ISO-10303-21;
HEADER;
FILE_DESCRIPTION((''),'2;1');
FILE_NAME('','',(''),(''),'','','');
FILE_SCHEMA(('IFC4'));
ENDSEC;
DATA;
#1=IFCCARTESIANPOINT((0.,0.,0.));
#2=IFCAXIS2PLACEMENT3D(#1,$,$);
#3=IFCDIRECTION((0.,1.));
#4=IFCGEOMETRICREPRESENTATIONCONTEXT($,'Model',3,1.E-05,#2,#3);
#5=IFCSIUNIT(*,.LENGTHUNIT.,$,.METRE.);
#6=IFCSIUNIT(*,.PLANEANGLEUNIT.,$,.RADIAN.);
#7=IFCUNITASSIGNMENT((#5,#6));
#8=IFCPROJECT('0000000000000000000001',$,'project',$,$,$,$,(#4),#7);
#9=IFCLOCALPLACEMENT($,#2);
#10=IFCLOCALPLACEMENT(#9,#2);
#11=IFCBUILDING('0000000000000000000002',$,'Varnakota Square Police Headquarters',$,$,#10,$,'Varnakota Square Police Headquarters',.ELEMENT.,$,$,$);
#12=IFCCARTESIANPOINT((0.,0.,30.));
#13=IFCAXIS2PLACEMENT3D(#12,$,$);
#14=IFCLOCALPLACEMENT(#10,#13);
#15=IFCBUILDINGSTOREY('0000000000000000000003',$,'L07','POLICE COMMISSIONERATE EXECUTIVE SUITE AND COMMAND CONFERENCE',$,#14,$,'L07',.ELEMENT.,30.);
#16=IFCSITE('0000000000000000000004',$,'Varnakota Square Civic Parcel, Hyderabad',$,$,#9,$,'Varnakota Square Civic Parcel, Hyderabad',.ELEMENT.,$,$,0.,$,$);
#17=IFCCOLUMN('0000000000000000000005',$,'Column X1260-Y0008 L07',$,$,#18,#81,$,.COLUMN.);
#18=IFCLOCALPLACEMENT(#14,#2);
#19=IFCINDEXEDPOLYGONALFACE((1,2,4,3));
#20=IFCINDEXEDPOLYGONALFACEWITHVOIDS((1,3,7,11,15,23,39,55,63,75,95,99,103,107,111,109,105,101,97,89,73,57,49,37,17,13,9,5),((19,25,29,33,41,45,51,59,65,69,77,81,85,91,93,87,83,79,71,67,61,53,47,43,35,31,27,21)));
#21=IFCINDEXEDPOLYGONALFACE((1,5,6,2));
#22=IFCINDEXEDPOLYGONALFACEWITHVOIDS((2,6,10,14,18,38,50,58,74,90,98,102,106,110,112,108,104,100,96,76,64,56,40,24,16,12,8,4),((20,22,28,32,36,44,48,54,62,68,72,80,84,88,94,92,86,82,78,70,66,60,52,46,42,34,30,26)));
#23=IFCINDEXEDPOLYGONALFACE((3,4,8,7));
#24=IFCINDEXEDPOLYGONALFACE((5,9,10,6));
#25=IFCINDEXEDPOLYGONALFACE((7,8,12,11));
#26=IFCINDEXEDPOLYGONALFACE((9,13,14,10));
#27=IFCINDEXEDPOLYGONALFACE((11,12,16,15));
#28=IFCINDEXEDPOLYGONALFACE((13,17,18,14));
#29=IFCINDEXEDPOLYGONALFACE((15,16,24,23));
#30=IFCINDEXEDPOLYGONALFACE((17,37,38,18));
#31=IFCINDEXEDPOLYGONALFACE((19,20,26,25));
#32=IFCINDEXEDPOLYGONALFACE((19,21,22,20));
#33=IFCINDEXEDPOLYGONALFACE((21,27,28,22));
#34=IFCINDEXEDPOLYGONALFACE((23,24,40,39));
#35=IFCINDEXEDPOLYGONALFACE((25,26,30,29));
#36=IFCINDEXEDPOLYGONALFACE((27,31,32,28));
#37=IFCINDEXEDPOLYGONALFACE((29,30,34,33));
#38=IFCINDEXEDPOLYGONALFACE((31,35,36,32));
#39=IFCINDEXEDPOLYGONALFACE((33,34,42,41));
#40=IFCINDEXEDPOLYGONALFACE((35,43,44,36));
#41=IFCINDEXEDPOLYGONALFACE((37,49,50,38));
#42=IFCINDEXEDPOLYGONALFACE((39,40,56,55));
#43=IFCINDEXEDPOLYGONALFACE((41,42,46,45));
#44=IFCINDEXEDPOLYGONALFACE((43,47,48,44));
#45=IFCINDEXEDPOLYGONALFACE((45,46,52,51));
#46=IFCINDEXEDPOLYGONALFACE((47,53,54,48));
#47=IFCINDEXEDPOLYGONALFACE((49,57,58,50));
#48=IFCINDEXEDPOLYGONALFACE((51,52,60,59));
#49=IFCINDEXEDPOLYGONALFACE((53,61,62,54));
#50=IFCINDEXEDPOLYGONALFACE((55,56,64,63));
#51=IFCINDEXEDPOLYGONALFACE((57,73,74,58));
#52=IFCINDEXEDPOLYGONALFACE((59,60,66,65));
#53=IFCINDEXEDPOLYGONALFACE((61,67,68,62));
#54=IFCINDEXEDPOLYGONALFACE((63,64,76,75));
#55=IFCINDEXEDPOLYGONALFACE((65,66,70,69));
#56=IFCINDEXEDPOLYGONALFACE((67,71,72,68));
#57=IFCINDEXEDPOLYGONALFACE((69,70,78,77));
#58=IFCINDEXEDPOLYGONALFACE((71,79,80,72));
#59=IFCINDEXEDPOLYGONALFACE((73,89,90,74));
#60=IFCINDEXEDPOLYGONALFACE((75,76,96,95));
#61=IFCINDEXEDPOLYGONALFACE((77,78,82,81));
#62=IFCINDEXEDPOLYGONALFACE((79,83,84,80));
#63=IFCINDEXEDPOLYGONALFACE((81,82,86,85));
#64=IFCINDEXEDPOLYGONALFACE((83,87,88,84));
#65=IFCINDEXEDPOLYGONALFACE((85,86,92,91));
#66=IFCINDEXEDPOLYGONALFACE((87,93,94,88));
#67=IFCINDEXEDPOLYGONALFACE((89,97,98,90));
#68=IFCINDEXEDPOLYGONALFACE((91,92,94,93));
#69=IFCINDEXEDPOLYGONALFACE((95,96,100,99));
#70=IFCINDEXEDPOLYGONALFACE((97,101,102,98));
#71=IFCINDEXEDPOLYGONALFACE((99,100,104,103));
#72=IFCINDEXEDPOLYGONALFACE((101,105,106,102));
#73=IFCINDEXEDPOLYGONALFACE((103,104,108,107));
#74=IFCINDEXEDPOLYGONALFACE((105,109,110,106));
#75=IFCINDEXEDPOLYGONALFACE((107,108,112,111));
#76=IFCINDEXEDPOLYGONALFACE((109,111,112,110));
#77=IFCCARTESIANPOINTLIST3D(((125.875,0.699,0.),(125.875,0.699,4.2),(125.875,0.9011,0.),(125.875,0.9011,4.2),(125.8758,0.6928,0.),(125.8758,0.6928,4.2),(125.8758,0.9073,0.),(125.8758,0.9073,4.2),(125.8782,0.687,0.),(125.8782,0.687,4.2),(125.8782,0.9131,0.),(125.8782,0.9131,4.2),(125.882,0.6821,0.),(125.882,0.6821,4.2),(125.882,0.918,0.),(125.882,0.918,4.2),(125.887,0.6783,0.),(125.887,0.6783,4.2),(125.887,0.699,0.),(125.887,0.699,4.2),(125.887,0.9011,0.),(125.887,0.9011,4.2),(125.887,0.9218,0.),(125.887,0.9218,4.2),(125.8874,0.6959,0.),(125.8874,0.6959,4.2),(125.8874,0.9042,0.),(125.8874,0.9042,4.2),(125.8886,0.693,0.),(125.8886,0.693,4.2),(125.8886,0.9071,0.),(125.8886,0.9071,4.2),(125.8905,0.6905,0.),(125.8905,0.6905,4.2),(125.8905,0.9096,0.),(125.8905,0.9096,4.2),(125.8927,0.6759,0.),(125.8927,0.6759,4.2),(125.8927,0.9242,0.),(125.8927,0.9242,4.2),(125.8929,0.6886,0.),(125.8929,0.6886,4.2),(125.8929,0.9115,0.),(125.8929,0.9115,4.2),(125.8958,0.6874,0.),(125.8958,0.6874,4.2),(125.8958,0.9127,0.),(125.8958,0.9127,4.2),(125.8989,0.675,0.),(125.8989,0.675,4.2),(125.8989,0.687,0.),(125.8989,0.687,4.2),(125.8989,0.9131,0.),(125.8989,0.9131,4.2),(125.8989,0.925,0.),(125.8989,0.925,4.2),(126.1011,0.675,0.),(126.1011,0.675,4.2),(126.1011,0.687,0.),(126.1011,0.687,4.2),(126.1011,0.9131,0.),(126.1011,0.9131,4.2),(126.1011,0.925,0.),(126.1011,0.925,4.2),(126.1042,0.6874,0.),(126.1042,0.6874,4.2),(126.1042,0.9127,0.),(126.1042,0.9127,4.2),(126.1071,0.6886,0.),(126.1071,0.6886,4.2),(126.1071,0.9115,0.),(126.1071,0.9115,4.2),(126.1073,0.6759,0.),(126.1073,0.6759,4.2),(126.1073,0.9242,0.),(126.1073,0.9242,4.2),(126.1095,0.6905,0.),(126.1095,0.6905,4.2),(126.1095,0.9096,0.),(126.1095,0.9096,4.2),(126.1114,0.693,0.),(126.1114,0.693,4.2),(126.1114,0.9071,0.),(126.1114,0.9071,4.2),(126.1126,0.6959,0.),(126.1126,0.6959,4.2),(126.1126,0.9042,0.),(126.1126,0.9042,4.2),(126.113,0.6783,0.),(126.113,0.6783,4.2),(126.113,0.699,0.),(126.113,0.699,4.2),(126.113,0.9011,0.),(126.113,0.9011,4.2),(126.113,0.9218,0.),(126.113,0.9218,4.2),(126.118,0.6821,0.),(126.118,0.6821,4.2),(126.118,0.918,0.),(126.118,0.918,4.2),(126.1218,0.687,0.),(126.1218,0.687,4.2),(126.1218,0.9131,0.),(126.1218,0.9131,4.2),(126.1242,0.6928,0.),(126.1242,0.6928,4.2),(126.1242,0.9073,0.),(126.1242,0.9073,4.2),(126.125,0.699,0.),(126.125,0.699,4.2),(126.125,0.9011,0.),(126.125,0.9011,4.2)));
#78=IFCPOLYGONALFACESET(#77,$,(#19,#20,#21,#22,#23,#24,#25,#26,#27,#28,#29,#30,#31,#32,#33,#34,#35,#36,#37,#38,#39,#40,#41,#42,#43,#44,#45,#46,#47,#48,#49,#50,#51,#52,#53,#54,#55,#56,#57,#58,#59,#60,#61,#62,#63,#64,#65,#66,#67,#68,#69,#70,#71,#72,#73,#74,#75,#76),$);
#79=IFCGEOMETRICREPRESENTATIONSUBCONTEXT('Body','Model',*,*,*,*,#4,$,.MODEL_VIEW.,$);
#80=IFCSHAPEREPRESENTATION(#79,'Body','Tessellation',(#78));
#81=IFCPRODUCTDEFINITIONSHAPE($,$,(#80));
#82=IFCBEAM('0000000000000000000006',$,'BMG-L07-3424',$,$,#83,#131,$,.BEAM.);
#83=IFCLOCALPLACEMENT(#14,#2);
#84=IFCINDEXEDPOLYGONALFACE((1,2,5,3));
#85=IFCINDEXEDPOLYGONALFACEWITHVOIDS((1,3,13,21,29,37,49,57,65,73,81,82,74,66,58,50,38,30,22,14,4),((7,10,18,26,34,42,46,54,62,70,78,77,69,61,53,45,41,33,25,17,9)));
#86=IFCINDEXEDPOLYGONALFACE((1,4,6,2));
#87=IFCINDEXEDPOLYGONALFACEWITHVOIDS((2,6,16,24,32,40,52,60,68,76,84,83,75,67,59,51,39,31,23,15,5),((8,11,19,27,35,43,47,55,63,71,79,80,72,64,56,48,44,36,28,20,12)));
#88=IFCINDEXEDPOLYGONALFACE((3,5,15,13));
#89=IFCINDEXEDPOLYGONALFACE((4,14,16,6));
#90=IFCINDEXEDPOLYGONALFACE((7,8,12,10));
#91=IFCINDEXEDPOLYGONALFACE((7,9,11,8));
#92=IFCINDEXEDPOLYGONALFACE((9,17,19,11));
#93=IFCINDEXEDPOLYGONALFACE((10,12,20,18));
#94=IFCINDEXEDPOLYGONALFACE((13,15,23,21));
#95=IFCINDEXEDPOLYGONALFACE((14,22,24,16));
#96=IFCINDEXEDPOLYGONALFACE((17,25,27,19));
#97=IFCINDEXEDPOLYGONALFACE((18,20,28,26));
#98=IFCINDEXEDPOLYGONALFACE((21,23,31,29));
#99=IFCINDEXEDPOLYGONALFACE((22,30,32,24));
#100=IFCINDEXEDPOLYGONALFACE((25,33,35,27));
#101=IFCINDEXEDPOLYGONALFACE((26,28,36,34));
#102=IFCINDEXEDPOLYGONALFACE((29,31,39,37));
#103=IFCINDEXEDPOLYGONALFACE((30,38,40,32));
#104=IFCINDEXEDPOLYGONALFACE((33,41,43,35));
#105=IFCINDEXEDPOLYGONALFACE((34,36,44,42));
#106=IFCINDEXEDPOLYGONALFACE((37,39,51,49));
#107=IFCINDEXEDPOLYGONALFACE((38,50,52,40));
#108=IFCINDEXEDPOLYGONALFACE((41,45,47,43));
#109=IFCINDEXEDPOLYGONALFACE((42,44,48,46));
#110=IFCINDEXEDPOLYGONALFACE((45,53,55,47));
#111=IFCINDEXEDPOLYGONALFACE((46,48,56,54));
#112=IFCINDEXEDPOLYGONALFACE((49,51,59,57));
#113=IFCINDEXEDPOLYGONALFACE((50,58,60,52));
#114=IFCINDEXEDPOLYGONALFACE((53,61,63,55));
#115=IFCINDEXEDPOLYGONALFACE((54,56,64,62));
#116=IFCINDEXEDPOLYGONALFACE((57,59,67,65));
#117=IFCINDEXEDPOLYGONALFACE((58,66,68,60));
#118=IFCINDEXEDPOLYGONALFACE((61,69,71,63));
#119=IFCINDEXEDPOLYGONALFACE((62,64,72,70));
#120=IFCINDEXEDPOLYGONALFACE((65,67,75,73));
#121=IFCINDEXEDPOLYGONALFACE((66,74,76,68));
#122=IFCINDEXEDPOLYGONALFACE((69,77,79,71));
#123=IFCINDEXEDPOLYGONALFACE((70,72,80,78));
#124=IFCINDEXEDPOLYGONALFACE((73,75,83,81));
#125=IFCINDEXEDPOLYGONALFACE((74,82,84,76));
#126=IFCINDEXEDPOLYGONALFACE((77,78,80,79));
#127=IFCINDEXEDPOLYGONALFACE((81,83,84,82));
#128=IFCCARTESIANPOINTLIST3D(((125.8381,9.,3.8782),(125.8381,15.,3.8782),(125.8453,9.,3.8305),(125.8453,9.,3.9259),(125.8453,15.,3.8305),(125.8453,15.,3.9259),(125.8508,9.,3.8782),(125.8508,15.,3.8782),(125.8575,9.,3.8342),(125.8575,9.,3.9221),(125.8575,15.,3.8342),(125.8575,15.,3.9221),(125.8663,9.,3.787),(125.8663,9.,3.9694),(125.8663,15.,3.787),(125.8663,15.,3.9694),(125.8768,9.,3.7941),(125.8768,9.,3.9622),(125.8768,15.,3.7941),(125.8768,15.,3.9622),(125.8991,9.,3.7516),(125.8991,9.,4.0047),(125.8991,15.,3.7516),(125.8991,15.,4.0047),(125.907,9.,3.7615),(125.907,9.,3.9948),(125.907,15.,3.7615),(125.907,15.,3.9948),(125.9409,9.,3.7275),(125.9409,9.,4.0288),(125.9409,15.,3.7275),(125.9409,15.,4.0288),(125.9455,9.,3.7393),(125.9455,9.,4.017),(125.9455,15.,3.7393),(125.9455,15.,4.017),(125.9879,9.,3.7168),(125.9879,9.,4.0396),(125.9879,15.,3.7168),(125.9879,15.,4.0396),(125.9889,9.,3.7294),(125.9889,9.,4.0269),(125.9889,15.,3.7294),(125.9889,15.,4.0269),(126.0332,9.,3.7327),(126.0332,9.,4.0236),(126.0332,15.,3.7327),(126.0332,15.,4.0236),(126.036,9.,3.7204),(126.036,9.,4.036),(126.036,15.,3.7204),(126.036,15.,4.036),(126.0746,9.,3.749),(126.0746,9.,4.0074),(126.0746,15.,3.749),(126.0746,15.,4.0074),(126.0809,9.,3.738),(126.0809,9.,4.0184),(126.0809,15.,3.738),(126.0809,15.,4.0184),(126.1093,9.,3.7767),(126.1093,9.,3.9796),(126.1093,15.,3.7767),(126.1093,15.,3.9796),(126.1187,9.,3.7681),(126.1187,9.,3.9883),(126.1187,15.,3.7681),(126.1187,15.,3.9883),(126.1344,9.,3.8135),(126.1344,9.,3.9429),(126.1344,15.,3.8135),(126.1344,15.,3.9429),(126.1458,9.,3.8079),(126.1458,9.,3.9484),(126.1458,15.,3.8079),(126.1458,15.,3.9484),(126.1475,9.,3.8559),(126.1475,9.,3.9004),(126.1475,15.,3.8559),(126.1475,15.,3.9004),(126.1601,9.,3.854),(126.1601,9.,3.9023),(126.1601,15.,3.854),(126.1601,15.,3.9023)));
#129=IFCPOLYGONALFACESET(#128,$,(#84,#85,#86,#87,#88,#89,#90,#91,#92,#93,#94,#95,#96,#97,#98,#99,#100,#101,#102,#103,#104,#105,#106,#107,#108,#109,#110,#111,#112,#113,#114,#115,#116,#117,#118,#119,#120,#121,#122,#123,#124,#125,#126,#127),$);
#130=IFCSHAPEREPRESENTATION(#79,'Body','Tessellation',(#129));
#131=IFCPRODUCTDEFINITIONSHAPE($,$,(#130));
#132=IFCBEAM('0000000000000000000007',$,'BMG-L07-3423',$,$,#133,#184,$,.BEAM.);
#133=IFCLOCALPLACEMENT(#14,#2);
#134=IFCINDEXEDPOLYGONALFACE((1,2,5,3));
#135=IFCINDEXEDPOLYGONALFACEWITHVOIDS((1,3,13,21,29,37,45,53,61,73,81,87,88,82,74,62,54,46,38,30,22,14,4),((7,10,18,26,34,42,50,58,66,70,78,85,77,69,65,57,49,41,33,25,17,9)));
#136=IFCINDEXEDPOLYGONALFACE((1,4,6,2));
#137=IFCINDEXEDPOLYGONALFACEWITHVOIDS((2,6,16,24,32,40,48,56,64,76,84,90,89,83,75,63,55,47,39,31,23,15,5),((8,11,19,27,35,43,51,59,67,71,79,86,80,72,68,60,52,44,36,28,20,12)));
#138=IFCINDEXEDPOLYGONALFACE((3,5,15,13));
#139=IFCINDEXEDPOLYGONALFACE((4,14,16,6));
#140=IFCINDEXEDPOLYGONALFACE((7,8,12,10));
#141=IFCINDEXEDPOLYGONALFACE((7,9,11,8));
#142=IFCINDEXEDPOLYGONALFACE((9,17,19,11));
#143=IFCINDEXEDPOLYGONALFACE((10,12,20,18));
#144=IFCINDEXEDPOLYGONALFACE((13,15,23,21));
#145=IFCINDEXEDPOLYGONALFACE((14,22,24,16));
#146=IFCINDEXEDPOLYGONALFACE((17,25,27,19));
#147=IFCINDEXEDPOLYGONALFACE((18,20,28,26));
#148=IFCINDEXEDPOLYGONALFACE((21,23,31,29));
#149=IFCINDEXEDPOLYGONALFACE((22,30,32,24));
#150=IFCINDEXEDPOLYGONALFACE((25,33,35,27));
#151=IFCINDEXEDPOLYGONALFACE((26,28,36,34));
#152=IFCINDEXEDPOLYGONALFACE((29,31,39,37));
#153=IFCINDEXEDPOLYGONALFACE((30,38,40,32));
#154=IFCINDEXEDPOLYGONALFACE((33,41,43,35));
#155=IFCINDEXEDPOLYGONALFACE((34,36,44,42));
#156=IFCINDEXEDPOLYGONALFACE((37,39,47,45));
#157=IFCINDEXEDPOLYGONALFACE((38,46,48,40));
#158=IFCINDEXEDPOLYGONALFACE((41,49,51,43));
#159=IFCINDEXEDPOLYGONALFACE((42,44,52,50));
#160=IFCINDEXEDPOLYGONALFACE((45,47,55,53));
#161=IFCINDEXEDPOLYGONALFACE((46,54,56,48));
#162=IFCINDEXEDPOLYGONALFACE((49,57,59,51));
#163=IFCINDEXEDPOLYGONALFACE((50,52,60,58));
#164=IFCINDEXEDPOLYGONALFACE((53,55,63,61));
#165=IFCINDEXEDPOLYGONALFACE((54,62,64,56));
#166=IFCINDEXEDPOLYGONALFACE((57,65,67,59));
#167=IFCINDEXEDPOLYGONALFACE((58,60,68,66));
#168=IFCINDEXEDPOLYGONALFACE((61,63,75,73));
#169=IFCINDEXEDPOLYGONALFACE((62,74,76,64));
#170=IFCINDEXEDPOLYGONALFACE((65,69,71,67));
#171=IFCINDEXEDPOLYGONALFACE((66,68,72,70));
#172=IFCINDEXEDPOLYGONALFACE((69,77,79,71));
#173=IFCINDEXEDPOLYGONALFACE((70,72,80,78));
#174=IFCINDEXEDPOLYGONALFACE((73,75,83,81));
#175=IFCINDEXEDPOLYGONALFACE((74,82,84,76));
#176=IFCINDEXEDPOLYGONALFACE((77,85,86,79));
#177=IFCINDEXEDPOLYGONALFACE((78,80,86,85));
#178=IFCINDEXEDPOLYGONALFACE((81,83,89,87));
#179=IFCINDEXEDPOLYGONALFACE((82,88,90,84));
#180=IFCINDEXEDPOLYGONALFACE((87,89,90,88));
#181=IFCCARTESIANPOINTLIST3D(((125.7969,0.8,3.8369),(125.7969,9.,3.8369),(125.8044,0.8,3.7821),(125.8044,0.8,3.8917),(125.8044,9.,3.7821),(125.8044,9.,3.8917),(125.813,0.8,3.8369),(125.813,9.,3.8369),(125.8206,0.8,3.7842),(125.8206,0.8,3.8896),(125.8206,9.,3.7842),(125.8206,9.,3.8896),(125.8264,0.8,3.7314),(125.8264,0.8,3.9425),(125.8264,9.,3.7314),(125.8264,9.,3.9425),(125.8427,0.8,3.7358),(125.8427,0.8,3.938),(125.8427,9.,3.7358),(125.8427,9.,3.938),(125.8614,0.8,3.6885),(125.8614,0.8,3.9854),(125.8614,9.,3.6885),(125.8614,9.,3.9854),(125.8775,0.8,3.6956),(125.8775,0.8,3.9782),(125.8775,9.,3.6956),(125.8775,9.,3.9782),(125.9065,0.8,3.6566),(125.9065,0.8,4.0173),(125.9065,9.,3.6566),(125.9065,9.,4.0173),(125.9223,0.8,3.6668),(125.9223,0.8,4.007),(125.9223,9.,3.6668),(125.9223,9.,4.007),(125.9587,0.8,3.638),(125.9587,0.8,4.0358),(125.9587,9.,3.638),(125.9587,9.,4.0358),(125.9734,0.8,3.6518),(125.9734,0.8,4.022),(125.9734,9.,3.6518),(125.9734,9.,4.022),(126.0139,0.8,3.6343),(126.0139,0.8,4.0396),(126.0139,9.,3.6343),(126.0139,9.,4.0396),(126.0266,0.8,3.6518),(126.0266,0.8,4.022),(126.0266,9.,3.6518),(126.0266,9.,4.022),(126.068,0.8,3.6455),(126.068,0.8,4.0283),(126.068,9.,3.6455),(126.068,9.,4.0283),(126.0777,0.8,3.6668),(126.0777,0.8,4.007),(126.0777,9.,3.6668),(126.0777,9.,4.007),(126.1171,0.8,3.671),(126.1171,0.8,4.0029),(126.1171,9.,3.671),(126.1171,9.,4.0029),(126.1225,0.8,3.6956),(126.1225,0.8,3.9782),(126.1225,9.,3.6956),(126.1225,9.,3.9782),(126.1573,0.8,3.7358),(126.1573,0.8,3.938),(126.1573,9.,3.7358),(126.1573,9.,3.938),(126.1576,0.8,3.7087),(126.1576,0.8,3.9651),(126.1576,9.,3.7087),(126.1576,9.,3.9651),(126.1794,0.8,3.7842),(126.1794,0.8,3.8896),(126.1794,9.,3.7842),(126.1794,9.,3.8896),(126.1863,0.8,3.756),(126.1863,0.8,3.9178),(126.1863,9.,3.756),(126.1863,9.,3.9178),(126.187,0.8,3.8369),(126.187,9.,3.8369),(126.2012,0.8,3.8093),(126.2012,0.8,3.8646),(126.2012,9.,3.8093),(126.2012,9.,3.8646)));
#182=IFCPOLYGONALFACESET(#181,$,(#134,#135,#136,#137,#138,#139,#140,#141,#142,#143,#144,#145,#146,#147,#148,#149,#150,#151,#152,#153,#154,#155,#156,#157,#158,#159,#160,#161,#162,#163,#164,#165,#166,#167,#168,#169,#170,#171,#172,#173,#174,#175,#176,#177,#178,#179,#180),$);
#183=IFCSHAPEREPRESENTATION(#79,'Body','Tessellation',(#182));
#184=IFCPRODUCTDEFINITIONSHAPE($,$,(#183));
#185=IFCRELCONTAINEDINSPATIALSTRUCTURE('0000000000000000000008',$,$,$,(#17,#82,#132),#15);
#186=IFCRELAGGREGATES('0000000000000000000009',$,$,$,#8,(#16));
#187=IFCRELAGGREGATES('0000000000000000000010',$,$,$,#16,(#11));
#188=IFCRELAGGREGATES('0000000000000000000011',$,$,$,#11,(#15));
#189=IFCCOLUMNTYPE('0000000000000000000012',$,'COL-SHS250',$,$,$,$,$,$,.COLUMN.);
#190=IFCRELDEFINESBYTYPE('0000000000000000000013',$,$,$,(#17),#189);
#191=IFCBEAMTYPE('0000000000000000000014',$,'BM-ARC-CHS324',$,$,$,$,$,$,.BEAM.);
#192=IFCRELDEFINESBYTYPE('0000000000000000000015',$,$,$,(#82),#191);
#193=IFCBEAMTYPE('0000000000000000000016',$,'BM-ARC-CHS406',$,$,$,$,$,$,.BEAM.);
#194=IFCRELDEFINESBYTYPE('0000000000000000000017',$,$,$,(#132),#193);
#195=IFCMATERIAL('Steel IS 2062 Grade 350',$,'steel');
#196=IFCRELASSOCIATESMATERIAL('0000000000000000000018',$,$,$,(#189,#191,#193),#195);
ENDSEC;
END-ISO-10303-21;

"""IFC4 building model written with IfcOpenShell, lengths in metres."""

from ifc_helpers import new_model, si_unit, direction, frame, origin, origin_2d, place, context, subcontext, project, spatial, hollow_rectangle, hollow_circle, extrude, material, material_profile, profile_set, type_object, element, save


model = new_model("IFC4")

# Units and contexts
model_context = context("Model", 3, precision=1e-05, world=origin(), true_north=direction((0.0, 1.0)))
body_context = subcontext(model_context, "Body", "Model", "MODEL_VIEW")
ifc_project = project(units=[si_unit("LENGTHUNIT", "METRE"), si_unit("PLANEANGLEUNIT", "RADIAN")], contexts=[model_context])

# Site, building, storey
site_placement = place(None, origin())
site = spatial("IfcSite", under=ifc_project, at=site_placement, Name="Varnakota Square Civic Parcel, Hyderabad", LongName="Varnakota Square Civic Parcel, Hyderabad", CompositionType="ELEMENT", RefElevation=0.0)
building_placement = place(site_placement, origin())
building = spatial("IfcBuilding", under=site, at=building_placement, Name="Varnakota Square Police Headquarters", LongName="Varnakota Square Police Headquarters", CompositionType="ELEMENT")
storey_placement = place(building_placement, frame((0.0, 0.0, 30.0)))
storey = spatial("IfcBuildingStorey", under=building, at=storey_placement, Name="L07", Description="POLICE COMMISSIONERATE EXECUTIVE SUITE AND COMMAND CONFERENCE", LongName="L07", CompositionType="ELEMENT", Elevation=30.0)

# Column
ifc_material_1 = material(Name="Steel IS 2062 Grade 350", Category="steel")
ifc_material_profile_1 = material_profile(ifc_material_1, hollow_rectangle(XDim=0.25, YDim=0.25, WallThickness=0.012, InnerFilletRadius=0.012, OuterFilletRadius=0.0239, at=origin_2d()), Name="SHS 250x250x12")
ifc_profile_set_1 = profile_set([ifc_material_profile_1], Name="Steel IS 2062 Grade 350")
column_type_1 = type_object("IfcColumnType", Name="COL-SHS250", PredefinedType="COLUMN", material=ifc_profile_set_1)
column_placement = place(storey_placement, frame((126.0, 0.8, 0.0), z_axis=(0.0, 0.0, 1.0), x_axis=(1.0, 0.0, 0.0)))
element("IfcColumn", 1, at=column_placement, inside=storey, type_object=column_type_1, Name="Column X1260-Y0008 L07", PredefinedType="COLUMN", context=body_context, shape_type="SweptSolid", body=[
    extrude(hollow_rectangle(XDim=0.25, YDim=0.25, WallThickness=0.012, InnerFilletRadius=0.012, OuterFilletRadius=0.0239, at=origin_2d()), origin(), (0.0, 0.0, 1.0), 4.2),
])

# Beams
ifc_material_profile_2 = material_profile(ifc_material_1, hollow_circle(Radius=0.1619, WallThickness=0.0127, at=origin_2d()), Name="CHS 323.9x12.7")
ifc_profile_set_2 = profile_set([ifc_material_profile_2], Name="Steel IS 2062 Grade 350")
beam_type_1 = type_object("IfcBeamType", Name="BM-ARC-CHS324", PredefinedType="BEAM", material=ifc_profile_set_2)
beam_1_placement = place(storey_placement, frame((126.0, 9.0, 3.8782), z_axis=(0.0, 1.0, 0.0), x_axis=(-1.0, 0.0, 0.0)))
element("IfcBeam", 2, at=beam_1_placement, inside=storey, type_object=beam_type_1, Name="BMG-L07-3424", PredefinedType="BEAM", context=body_context, shape_type="SweptSolid", body=[
    extrude(hollow_circle(Radius=0.1619, WallThickness=0.0127, at=origin_2d()), origin(), (0.0, 0.0, 1.0), 6.0),
])
ifc_material_profile_3 = material_profile(ifc_material_1, hollow_circle(Radius=0.2031, WallThickness=0.0161, at=origin_2d()), Name="CHS 406.4x16.0")
ifc_profile_set_3 = profile_set([ifc_material_profile_3], Name="Steel IS 2062 Grade 350")
beam_type_2 = type_object("IfcBeamType", Name="BM-ARC-CHS406", PredefinedType="BEAM", material=ifc_profile_set_3)
for number, where, z_axis, x_axis, name in (
    (3, (126.0, 0.8, 3.8369), (0.0, 1.0, 0.0), (-1.0, 0.0, 0.0), "BMG-L07-3423"),
):
    element("IfcBeam", number, at=place(storey_placement, frame(where, z_axis=z_axis, x_axis=x_axis)), inside=storey, type_object=beam_type_2, Name=name, PredefinedType="BEAM", context=body_context, shape_type="SweptSolid", body=[
        extrude(hollow_circle(Radius=0.2031, WallThickness=0.0161, at=origin_2d()), origin(), (0.0, 0.0, 1.0), 8.2),
    ])

save(model, "model.ifc")
